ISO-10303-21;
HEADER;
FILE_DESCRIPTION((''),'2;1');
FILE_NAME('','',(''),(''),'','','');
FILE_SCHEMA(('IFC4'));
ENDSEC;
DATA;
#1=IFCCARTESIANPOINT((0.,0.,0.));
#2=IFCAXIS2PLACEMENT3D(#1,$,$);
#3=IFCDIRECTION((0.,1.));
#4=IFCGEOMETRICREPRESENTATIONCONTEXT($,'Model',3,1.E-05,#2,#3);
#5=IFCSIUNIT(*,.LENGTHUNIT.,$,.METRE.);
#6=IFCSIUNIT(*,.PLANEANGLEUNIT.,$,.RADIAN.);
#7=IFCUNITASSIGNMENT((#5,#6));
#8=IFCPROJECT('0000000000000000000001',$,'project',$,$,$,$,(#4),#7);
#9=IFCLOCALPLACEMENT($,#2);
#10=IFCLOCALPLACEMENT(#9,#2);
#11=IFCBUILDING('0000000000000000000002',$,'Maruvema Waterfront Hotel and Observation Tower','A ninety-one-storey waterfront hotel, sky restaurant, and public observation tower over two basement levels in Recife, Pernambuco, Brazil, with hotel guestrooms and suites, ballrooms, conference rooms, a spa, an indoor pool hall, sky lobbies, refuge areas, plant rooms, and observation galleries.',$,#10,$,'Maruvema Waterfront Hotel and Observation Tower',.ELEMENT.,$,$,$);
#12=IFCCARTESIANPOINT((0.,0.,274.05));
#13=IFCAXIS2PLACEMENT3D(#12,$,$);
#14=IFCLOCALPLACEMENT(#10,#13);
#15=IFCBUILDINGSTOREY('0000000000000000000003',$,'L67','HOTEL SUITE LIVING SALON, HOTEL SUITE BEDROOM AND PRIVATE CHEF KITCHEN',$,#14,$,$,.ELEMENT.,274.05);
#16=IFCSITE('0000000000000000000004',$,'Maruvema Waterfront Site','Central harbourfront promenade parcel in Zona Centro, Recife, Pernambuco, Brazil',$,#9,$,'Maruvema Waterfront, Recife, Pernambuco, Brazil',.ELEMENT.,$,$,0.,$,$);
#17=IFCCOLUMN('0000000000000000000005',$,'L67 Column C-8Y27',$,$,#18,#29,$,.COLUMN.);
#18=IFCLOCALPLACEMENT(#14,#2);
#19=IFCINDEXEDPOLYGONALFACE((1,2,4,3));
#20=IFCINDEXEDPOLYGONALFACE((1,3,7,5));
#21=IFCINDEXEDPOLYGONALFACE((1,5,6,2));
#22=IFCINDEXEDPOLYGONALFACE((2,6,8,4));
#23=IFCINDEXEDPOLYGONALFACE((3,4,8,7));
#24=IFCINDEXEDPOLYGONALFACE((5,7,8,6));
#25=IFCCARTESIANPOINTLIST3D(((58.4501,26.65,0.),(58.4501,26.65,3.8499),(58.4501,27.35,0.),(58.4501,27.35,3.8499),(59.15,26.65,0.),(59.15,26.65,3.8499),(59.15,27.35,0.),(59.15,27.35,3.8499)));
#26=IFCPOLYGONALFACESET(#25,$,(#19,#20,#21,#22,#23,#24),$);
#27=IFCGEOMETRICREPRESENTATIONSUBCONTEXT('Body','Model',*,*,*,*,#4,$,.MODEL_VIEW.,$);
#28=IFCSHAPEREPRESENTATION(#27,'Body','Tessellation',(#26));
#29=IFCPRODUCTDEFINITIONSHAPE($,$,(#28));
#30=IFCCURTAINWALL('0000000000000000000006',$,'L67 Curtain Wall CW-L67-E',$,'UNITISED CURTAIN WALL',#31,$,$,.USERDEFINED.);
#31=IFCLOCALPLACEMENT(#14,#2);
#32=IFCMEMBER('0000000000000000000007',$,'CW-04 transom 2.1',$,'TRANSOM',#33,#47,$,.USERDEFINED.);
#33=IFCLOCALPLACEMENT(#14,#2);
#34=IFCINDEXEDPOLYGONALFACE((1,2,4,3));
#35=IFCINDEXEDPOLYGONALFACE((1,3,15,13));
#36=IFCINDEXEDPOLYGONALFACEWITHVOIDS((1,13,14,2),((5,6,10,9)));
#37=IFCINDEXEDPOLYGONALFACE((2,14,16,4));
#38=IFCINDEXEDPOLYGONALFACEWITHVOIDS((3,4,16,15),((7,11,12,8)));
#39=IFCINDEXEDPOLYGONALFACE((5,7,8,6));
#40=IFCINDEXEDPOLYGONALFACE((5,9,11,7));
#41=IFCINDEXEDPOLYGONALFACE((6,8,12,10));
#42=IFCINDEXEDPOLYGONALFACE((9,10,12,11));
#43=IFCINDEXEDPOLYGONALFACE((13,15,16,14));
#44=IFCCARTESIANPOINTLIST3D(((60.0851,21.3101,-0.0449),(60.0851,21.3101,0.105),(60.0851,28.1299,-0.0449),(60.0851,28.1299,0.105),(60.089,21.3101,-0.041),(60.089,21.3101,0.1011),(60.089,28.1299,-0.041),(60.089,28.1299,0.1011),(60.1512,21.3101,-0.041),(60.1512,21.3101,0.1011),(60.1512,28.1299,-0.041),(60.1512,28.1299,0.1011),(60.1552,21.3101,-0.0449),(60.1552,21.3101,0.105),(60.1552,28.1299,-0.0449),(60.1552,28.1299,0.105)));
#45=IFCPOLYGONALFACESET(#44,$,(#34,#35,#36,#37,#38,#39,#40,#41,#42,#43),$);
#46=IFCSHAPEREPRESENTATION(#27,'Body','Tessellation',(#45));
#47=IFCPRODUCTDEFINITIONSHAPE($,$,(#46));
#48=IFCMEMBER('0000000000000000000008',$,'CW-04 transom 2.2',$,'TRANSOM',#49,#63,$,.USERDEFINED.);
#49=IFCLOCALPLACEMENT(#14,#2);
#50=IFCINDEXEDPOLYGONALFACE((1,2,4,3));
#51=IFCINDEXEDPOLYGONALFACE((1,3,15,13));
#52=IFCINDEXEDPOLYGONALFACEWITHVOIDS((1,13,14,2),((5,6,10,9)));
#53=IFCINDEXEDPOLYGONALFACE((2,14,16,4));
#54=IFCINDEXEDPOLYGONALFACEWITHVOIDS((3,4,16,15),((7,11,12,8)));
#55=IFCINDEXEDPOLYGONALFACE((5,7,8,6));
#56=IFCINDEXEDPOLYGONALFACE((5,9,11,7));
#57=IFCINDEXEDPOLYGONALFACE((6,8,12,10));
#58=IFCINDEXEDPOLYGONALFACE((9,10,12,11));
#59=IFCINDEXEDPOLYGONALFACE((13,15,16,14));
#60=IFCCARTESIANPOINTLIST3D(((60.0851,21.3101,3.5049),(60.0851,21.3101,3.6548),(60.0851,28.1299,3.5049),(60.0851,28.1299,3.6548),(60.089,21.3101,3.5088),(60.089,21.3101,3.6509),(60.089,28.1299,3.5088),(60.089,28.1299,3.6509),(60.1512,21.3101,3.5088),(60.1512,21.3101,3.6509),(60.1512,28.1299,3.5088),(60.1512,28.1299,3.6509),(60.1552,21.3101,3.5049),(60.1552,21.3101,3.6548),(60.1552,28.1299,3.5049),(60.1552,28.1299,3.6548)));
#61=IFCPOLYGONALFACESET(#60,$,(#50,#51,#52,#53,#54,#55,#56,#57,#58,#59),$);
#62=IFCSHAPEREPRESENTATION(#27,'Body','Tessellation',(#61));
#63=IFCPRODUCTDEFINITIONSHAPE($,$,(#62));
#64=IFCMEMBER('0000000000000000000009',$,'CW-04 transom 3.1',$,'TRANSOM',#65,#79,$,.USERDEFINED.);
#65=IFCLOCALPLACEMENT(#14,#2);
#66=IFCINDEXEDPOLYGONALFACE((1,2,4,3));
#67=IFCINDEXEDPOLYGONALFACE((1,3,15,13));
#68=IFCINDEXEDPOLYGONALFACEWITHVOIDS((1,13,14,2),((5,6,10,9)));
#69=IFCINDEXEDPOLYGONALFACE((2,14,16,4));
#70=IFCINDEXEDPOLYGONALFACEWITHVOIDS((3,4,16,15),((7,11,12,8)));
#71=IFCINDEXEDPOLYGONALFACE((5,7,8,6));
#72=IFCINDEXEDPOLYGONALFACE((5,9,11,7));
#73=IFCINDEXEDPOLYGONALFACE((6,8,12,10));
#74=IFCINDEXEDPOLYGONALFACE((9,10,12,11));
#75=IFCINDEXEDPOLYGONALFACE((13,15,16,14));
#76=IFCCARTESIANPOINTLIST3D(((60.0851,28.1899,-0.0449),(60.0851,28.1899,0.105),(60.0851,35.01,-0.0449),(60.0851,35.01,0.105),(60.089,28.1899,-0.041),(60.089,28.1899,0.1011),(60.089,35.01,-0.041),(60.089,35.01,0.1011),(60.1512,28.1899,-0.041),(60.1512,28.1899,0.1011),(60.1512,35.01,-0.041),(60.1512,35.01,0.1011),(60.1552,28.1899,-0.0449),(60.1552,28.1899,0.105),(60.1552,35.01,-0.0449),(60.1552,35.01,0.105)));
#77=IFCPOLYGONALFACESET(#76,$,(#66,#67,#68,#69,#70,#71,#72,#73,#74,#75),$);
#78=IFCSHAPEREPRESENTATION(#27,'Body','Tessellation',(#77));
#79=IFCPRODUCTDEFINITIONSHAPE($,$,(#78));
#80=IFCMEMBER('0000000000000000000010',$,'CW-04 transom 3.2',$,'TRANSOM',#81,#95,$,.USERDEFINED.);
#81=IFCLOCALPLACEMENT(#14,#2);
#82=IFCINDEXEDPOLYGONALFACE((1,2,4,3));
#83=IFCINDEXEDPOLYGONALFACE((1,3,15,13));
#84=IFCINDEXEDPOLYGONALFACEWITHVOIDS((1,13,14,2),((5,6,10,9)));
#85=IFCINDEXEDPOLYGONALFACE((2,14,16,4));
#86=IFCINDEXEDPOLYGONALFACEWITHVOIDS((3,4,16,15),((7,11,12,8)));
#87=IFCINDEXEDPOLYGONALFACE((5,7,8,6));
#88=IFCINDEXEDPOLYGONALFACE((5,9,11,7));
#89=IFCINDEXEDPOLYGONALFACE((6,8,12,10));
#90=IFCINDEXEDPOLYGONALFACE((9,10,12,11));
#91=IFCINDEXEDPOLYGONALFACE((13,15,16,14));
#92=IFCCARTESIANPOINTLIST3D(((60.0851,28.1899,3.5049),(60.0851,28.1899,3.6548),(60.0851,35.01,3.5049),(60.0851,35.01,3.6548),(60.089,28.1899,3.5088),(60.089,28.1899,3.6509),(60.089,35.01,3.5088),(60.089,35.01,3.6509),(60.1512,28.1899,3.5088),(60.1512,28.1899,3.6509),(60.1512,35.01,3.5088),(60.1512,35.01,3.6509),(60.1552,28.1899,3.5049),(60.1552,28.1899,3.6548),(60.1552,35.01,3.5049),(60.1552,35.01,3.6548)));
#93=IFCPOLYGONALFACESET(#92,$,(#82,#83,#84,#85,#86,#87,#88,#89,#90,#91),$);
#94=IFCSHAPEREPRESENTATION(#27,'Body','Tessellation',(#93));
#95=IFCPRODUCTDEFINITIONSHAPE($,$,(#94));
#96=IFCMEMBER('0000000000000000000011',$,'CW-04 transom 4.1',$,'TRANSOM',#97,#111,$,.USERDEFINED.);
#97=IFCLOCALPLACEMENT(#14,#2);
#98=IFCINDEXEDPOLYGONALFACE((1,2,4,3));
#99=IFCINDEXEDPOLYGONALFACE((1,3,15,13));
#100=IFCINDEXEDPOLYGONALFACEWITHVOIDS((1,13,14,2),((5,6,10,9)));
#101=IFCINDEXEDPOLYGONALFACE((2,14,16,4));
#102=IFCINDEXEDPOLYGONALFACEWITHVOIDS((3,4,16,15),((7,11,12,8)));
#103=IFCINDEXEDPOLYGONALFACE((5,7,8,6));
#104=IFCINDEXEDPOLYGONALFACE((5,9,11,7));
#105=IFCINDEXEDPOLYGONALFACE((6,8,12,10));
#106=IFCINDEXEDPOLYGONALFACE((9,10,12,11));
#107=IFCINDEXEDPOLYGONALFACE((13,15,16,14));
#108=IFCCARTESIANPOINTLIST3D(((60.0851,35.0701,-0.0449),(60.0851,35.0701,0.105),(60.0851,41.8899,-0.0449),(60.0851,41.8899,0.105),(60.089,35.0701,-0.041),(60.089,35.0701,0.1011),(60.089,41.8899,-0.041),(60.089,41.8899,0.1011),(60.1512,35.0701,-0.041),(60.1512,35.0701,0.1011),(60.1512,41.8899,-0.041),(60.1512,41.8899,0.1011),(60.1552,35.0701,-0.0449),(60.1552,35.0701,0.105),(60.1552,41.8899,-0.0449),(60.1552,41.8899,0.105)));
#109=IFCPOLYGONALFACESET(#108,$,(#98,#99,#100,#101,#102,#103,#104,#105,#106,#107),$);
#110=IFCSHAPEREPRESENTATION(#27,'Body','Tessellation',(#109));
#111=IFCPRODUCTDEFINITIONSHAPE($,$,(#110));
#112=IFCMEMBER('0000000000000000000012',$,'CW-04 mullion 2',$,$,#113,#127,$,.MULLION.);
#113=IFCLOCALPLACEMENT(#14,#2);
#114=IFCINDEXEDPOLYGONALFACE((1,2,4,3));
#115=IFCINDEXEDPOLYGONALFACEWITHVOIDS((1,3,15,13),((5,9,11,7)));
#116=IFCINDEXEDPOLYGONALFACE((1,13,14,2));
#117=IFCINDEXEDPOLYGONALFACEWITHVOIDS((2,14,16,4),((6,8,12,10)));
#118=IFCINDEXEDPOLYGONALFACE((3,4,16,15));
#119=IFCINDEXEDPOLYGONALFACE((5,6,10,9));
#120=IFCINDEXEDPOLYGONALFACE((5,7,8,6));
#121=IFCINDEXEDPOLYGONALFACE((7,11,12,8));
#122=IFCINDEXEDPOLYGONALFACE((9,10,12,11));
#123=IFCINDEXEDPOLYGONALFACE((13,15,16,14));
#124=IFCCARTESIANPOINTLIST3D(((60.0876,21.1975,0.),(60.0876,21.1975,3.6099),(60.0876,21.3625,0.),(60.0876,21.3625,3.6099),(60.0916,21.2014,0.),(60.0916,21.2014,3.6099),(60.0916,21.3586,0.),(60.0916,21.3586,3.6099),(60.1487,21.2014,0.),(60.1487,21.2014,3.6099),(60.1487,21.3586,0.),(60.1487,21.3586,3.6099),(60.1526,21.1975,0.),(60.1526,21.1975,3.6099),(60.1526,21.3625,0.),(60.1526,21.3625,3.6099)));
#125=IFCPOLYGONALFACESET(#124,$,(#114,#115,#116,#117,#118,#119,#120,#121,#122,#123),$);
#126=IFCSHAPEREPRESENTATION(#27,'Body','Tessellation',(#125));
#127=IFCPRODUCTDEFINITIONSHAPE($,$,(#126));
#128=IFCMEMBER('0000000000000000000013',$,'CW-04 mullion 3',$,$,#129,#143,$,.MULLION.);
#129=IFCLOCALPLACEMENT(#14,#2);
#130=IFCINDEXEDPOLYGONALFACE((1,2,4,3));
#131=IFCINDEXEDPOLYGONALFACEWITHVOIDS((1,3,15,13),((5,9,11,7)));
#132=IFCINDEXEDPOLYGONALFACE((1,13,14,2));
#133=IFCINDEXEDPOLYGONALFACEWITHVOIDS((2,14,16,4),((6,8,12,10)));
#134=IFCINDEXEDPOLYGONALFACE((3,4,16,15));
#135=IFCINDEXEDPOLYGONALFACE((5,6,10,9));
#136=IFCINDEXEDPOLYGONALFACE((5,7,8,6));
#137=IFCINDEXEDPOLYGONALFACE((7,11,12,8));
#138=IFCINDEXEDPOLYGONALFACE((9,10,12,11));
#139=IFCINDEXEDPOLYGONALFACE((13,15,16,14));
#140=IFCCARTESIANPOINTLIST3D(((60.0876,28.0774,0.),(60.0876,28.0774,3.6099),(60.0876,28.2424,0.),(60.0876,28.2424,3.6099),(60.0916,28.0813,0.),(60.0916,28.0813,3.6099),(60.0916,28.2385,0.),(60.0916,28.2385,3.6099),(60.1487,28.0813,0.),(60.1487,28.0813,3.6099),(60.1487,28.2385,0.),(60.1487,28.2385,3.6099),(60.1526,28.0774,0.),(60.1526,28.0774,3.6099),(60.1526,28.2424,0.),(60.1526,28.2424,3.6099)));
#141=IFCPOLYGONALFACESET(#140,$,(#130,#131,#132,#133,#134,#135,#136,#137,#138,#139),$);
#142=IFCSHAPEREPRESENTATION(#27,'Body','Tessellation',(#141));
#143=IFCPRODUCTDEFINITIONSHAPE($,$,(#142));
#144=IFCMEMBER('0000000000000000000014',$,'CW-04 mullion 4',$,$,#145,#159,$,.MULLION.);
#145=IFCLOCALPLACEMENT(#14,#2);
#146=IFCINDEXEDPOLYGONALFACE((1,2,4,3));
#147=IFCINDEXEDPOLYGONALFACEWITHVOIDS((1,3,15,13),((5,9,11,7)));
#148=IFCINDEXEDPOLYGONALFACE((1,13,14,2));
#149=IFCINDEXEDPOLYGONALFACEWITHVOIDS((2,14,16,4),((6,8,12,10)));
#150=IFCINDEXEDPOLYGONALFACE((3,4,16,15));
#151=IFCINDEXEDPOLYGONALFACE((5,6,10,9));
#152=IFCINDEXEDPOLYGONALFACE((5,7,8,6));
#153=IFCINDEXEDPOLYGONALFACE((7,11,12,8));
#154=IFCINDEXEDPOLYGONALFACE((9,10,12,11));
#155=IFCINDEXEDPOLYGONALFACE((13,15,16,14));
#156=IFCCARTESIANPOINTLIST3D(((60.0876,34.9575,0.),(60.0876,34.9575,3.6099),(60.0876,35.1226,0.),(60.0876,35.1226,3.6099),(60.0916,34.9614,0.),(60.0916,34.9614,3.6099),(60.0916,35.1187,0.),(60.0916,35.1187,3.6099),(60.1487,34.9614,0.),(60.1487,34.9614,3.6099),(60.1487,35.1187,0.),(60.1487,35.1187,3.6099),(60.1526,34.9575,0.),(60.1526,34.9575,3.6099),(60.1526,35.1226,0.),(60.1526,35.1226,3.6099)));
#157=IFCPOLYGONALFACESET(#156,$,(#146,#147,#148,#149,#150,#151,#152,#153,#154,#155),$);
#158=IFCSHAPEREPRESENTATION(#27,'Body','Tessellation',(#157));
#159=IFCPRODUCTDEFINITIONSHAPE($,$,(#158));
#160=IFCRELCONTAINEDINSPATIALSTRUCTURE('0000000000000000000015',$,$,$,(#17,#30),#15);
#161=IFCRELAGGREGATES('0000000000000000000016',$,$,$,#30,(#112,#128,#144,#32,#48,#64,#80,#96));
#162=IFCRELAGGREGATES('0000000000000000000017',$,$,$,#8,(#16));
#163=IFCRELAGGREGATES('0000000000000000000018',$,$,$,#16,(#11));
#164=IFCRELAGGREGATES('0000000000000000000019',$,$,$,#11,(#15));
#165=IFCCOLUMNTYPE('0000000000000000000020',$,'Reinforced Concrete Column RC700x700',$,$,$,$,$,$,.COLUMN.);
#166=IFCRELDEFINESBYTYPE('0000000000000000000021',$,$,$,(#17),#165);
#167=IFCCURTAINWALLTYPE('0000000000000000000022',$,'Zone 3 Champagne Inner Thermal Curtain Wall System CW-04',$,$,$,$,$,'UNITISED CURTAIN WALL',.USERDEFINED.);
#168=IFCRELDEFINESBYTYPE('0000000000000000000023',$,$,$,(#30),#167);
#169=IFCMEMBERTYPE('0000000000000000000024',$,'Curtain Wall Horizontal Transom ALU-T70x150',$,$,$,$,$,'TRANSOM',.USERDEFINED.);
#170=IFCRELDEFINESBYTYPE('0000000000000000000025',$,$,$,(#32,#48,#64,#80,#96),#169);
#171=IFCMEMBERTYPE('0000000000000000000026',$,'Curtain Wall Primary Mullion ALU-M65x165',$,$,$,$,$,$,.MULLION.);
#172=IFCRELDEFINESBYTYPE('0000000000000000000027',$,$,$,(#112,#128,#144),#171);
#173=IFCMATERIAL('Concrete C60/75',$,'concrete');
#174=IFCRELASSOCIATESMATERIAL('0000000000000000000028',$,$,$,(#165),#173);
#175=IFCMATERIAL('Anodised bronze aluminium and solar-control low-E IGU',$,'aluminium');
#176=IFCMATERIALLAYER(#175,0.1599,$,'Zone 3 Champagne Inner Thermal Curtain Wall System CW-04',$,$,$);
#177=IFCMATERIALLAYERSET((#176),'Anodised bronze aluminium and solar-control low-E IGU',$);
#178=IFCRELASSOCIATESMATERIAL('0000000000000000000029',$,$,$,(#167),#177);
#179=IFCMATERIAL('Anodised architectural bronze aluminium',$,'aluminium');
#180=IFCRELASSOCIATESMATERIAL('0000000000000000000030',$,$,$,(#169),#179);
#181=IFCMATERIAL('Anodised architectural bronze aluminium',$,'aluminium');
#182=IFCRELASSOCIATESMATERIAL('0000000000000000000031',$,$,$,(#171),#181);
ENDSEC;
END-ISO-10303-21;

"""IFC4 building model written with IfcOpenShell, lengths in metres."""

from ifc_helpers import new_model, si_unit, direction, frame, origin, origin_2d, place, context, subcontext, project, spatial, rectangle, hollow_rectangle, extrude, material, layer, layer_set, material_profile, profile_set, type_object, element, aggregate, save


model = new_model("IFC4")

# Units and contexts
model_context = context("Model", 3, precision=1e-05, world=origin(), true_north=direction((0.0, 1.0)))
body_context = subcontext(model_context, "Body", "Model", "MODEL_VIEW")
ifc_project = project(units=[si_unit("LENGTHUNIT", "METRE"), si_unit("PLANEANGLEUNIT", "RADIAN")], contexts=[model_context])

# Site, building, storey
site_placement = place(None, origin())
site = spatial("IfcSite", under=ifc_project, at=site_placement, Name="Maruvema Waterfront Site", Description="Central harbourfront promenade parcel in Zona Centro, Recife, Pernambuco, Brazil", LongName="Maruvema Waterfront, Recife, Pernambuco, Brazil", CompositionType="ELEMENT", RefElevation=0.0)
building_placement = place(site_placement, origin())
building = spatial("IfcBuilding", under=site, at=building_placement, Name="Maruvema Waterfront Hotel and Observation Tower", Description="A ninety-one-storey waterfront hotel, sky restaurant, and public observation tower over two basement levels in Recife, Pernambuco, Brazil, with hotel guestrooms and suites, ballrooms, conference rooms, a spa, an indoor pool hall, sky lobbies, refuge areas, plant rooms, and observation galleries.", LongName="Maruvema Waterfront Hotel and Observation Tower", CompositionType="ELEMENT")
storey_placement = place(building_placement, frame((0.0, 0.0, 274.05)))
storey = spatial("IfcBuildingStorey", under=building, at=storey_placement, Name="L67", Description="HOTEL SUITE LIVING SALON, HOTEL SUITE BEDROOM AND PRIVATE CHEF KITCHEN", CompositionType="ELEMENT", Elevation=274.05)

# Column
ifc_material_1 = material(Name="Concrete C60/75", Category="concrete")
ifc_material_profile_1 = material_profile(ifc_material_1, rectangle(XDim=0.7, YDim=0.7, at=origin_2d()), Name="RC700x700")
ifc_profile_set_1 = profile_set([ifc_material_profile_1], Name="Concrete C60/75")
column_type = type_object("IfcColumnType", Name="Reinforced Concrete Column RC700x700", PredefinedType="COLUMN", material=ifc_profile_set_1)
column_placement = place(storey_placement, frame((58.8, 27.0, 0.0), z_axis=(0.0, 0.0, 1.0), x_axis=(1.0, 0.0, 0.0)))
element("IfcColumn", 1, at=column_placement, inside=storey, type_object=column_type, Name="L67 Column C-8Y27", PredefinedType="COLUMN", context=body_context, shape_type="SweptSolid", body=[
    extrude(rectangle(XDim=0.7, YDim=0.7, at=origin_2d()), origin(), (0.0, 0.0, 1.0), 3.8499),
])

# Curtain wall, members
ifc_material_2 = material(Name="Anodised bronze aluminium and solar-control low-E IGU", Category="aluminium")
ifc_layer_1 = layer(ifc_material_2, 0.1599, Name="Zone 3 Champagne Inner Thermal Curtain Wall System CW-04")
ifc_layer_set_1 = layer_set([ifc_layer_1], Name="Anodised bronze aluminium and solar-control low-E IGU")
curtain_wall_type = type_object("IfcCurtainWallType", Name="Zone 3 Champagne Inner Thermal Curtain Wall System CW-04", ElementType="UNITISED CURTAIN WALL", PredefinedType="USERDEFINED", material=ifc_layer_set_1)
curtain_wall_placement = place(storey_placement, origin())
curtain_wall = element("IfcCurtainWall", 2, at=curtain_wall_placement, inside=storey, type_object=curtain_wall_type, Name="L67 Curtain Wall CW-L67-E", ObjectType="UNITISED CURTAIN WALL", PredefinedType="USERDEFINED")
ifc_material_3 = material(Name="Anodised architectural bronze aluminium", Category="aluminium")
ifc_material_profile_2 = material_profile(ifc_material_3, hollow_rectangle(XDim=0.0701, YDim=0.1499, WallThickness=0.0039, at=origin_2d()), Name="ALU-T70x150")
ifc_profile_set_2 = profile_set([ifc_material_profile_2], Name="Anodised architectural bronze aluminium")
member_type_1 = type_object("IfcMemberType", Name="Curtain Wall Horizontal Transom ALU-T70x150", ElementType="TRANSOM", PredefinedType="USERDEFINED", material=ifc_profile_set_2)
member_1_placement = place(storey_placement, frame((60.1201, 21.3101, 0.03), z_axis=(0.0, 1.0, 0.0), x_axis=(-1.0, 0.0, 0.0)))
member_1 = element("IfcMember", 3, at=member_1_placement, type_object=member_type_1, Name="CW-04 transom 2.1", ObjectType="TRANSOM", PredefinedType="USERDEFINED", context=body_context, shape_type="SweptSolid", body=[
    extrude(hollow_rectangle(XDim=0.0701, YDim=0.1499, WallThickness=0.0039, at=origin_2d()), origin(), (0.0, 0.0, 1.0), 6.8198),
])
member_2_placement = place(storey_placement, frame((60.1201, 21.3101, 3.5798), z_axis=(0.0, 1.0, 0.0), x_axis=(-1.0, 0.0, 0.0)))
member_2 = element("IfcMember", 4, at=member_2_placement, type_object=member_type_1, Name="CW-04 transom 2.2", ObjectType="TRANSOM", PredefinedType="USERDEFINED", context=body_context, shape_type="SweptSolid", body=[
    extrude(hollow_rectangle(XDim=0.0701, YDim=0.1499, WallThickness=0.0039, at=origin_2d()), origin(), (0.0, 0.0, 1.0), 6.8198),
])
member_3_placement = place(storey_placement, frame((60.1201, 28.1899, 0.03), z_axis=(0.0, 1.0, 0.0), x_axis=(-1.0, 0.0, 0.0)))
member_3 = element("IfcMember", 5, at=member_3_placement, type_object=member_type_1, Name="CW-04 transom 3.1", ObjectType="TRANSOM", PredefinedType="USERDEFINED", context=body_context, shape_type="SweptSolid", body=[
    extrude(hollow_rectangle(XDim=0.0701, YDim=0.1499, WallThickness=0.0039, at=origin_2d()), origin(), (0.0, 0.0, 1.0), 6.8201),
])
member_4_placement = place(storey_placement, frame((60.1201, 28.1899, 3.5798), z_axis=(0.0, 1.0, 0.0), x_axis=(-1.0, 0.0, 0.0)))
member_4 = element("IfcMember", 6, at=member_4_placement, type_object=member_type_1, Name="CW-04 transom 3.2", ObjectType="TRANSOM", PredefinedType="USERDEFINED", context=body_context, shape_type="SweptSolid", body=[
    extrude(hollow_rectangle(XDim=0.0701, YDim=0.1499, WallThickness=0.0039, at=origin_2d()), origin(), (0.0, 0.0, 1.0), 6.8201),
])
member_5_placement = place(storey_placement, frame((60.1201, 35.0701, 0.03), z_axis=(0.0, 1.0, 0.0), x_axis=(-1.0, 0.0, 0.0)))
member_5 = element("IfcMember", 7, at=member_5_placement, type_object=member_type_1, Name="CW-04 transom 4.1", ObjectType="TRANSOM", PredefinedType="USERDEFINED", context=body_context, shape_type="SweptSolid", body=[
    extrude(hollow_rectangle(XDim=0.0701, YDim=0.1499, WallThickness=0.0039, at=origin_2d()), origin(), (0.0, 0.0, 1.0), 6.8198),
])
ifc_material_4 = material(Name="Anodised architectural bronze aluminium", Category="aluminium")
ifc_material_profile_3 = material_profile(ifc_material_4, hollow_rectangle(XDim=0.0649, YDim=0.165, WallThickness=0.0039, at=origin_2d()), Name="ALU-M65x165")
ifc_profile_set_3 = profile_set([ifc_material_profile_3], Name="Anodised architectural bronze aluminium")
member_type_2 = type_object("IfcMemberType", Name="Curtain Wall Primary Mullion ALU-M65x165", PredefinedType="MULLION", material=ifc_profile_set_3)
member_6_placement = place(storey_placement, frame((60.1201, 21.28, 0.0), z_axis=(0.0, 0.0, 1.0), x_axis=(-1.0, 0.0, 0.0)))
member_6 = element("IfcMember", 8, at=member_6_placement, type_object=member_type_2, Name="CW-04 mullion 2", PredefinedType="MULLION", context=body_context, shape_type="SweptSolid", body=[
    extrude(hollow_rectangle(XDim=0.0649, YDim=0.165, WallThickness=0.0039, at=origin_2d()), origin(), (0.0, 0.0, 1.0), 3.6099),
])
member_7_placement = place(storey_placement, frame((60.1201, 28.1599, 0.0), z_axis=(0.0, 0.0, 1.0), x_axis=(-1.0, 0.0, 0.0)))
member_7 = element("IfcMember", 9, at=member_7_placement, type_object=member_type_2, Name="CW-04 mullion 3", PredefinedType="MULLION", context=body_context, shape_type="SweptSolid", body=[
    extrude(hollow_rectangle(XDim=0.0649, YDim=0.165, WallThickness=0.0039, at=origin_2d()), origin(), (0.0, 0.0, 1.0), 3.6099),
])
member_8_placement = place(storey_placement, frame((60.1201, 35.04, 0.0), z_axis=(0.0, 0.0, 1.0), x_axis=(-1.0, 0.0, 0.0)))
member_8 = element("IfcMember", 10, at=member_8_placement, type_object=member_type_2, Name="CW-04 mullion 4", PredefinedType="MULLION", context=body_context, shape_type="SweptSolid", body=[
    extrude(hollow_rectangle(XDim=0.0649, YDim=0.165, WallThickness=0.0039, at=origin_2d()), origin(), (0.0, 0.0, 1.0), 3.6099),
])

aggregate(curtain_wall, [member_6, member_7, member_8, member_1, member_2, member_3, member_4, member_5])

save(model, "model.ifc")
